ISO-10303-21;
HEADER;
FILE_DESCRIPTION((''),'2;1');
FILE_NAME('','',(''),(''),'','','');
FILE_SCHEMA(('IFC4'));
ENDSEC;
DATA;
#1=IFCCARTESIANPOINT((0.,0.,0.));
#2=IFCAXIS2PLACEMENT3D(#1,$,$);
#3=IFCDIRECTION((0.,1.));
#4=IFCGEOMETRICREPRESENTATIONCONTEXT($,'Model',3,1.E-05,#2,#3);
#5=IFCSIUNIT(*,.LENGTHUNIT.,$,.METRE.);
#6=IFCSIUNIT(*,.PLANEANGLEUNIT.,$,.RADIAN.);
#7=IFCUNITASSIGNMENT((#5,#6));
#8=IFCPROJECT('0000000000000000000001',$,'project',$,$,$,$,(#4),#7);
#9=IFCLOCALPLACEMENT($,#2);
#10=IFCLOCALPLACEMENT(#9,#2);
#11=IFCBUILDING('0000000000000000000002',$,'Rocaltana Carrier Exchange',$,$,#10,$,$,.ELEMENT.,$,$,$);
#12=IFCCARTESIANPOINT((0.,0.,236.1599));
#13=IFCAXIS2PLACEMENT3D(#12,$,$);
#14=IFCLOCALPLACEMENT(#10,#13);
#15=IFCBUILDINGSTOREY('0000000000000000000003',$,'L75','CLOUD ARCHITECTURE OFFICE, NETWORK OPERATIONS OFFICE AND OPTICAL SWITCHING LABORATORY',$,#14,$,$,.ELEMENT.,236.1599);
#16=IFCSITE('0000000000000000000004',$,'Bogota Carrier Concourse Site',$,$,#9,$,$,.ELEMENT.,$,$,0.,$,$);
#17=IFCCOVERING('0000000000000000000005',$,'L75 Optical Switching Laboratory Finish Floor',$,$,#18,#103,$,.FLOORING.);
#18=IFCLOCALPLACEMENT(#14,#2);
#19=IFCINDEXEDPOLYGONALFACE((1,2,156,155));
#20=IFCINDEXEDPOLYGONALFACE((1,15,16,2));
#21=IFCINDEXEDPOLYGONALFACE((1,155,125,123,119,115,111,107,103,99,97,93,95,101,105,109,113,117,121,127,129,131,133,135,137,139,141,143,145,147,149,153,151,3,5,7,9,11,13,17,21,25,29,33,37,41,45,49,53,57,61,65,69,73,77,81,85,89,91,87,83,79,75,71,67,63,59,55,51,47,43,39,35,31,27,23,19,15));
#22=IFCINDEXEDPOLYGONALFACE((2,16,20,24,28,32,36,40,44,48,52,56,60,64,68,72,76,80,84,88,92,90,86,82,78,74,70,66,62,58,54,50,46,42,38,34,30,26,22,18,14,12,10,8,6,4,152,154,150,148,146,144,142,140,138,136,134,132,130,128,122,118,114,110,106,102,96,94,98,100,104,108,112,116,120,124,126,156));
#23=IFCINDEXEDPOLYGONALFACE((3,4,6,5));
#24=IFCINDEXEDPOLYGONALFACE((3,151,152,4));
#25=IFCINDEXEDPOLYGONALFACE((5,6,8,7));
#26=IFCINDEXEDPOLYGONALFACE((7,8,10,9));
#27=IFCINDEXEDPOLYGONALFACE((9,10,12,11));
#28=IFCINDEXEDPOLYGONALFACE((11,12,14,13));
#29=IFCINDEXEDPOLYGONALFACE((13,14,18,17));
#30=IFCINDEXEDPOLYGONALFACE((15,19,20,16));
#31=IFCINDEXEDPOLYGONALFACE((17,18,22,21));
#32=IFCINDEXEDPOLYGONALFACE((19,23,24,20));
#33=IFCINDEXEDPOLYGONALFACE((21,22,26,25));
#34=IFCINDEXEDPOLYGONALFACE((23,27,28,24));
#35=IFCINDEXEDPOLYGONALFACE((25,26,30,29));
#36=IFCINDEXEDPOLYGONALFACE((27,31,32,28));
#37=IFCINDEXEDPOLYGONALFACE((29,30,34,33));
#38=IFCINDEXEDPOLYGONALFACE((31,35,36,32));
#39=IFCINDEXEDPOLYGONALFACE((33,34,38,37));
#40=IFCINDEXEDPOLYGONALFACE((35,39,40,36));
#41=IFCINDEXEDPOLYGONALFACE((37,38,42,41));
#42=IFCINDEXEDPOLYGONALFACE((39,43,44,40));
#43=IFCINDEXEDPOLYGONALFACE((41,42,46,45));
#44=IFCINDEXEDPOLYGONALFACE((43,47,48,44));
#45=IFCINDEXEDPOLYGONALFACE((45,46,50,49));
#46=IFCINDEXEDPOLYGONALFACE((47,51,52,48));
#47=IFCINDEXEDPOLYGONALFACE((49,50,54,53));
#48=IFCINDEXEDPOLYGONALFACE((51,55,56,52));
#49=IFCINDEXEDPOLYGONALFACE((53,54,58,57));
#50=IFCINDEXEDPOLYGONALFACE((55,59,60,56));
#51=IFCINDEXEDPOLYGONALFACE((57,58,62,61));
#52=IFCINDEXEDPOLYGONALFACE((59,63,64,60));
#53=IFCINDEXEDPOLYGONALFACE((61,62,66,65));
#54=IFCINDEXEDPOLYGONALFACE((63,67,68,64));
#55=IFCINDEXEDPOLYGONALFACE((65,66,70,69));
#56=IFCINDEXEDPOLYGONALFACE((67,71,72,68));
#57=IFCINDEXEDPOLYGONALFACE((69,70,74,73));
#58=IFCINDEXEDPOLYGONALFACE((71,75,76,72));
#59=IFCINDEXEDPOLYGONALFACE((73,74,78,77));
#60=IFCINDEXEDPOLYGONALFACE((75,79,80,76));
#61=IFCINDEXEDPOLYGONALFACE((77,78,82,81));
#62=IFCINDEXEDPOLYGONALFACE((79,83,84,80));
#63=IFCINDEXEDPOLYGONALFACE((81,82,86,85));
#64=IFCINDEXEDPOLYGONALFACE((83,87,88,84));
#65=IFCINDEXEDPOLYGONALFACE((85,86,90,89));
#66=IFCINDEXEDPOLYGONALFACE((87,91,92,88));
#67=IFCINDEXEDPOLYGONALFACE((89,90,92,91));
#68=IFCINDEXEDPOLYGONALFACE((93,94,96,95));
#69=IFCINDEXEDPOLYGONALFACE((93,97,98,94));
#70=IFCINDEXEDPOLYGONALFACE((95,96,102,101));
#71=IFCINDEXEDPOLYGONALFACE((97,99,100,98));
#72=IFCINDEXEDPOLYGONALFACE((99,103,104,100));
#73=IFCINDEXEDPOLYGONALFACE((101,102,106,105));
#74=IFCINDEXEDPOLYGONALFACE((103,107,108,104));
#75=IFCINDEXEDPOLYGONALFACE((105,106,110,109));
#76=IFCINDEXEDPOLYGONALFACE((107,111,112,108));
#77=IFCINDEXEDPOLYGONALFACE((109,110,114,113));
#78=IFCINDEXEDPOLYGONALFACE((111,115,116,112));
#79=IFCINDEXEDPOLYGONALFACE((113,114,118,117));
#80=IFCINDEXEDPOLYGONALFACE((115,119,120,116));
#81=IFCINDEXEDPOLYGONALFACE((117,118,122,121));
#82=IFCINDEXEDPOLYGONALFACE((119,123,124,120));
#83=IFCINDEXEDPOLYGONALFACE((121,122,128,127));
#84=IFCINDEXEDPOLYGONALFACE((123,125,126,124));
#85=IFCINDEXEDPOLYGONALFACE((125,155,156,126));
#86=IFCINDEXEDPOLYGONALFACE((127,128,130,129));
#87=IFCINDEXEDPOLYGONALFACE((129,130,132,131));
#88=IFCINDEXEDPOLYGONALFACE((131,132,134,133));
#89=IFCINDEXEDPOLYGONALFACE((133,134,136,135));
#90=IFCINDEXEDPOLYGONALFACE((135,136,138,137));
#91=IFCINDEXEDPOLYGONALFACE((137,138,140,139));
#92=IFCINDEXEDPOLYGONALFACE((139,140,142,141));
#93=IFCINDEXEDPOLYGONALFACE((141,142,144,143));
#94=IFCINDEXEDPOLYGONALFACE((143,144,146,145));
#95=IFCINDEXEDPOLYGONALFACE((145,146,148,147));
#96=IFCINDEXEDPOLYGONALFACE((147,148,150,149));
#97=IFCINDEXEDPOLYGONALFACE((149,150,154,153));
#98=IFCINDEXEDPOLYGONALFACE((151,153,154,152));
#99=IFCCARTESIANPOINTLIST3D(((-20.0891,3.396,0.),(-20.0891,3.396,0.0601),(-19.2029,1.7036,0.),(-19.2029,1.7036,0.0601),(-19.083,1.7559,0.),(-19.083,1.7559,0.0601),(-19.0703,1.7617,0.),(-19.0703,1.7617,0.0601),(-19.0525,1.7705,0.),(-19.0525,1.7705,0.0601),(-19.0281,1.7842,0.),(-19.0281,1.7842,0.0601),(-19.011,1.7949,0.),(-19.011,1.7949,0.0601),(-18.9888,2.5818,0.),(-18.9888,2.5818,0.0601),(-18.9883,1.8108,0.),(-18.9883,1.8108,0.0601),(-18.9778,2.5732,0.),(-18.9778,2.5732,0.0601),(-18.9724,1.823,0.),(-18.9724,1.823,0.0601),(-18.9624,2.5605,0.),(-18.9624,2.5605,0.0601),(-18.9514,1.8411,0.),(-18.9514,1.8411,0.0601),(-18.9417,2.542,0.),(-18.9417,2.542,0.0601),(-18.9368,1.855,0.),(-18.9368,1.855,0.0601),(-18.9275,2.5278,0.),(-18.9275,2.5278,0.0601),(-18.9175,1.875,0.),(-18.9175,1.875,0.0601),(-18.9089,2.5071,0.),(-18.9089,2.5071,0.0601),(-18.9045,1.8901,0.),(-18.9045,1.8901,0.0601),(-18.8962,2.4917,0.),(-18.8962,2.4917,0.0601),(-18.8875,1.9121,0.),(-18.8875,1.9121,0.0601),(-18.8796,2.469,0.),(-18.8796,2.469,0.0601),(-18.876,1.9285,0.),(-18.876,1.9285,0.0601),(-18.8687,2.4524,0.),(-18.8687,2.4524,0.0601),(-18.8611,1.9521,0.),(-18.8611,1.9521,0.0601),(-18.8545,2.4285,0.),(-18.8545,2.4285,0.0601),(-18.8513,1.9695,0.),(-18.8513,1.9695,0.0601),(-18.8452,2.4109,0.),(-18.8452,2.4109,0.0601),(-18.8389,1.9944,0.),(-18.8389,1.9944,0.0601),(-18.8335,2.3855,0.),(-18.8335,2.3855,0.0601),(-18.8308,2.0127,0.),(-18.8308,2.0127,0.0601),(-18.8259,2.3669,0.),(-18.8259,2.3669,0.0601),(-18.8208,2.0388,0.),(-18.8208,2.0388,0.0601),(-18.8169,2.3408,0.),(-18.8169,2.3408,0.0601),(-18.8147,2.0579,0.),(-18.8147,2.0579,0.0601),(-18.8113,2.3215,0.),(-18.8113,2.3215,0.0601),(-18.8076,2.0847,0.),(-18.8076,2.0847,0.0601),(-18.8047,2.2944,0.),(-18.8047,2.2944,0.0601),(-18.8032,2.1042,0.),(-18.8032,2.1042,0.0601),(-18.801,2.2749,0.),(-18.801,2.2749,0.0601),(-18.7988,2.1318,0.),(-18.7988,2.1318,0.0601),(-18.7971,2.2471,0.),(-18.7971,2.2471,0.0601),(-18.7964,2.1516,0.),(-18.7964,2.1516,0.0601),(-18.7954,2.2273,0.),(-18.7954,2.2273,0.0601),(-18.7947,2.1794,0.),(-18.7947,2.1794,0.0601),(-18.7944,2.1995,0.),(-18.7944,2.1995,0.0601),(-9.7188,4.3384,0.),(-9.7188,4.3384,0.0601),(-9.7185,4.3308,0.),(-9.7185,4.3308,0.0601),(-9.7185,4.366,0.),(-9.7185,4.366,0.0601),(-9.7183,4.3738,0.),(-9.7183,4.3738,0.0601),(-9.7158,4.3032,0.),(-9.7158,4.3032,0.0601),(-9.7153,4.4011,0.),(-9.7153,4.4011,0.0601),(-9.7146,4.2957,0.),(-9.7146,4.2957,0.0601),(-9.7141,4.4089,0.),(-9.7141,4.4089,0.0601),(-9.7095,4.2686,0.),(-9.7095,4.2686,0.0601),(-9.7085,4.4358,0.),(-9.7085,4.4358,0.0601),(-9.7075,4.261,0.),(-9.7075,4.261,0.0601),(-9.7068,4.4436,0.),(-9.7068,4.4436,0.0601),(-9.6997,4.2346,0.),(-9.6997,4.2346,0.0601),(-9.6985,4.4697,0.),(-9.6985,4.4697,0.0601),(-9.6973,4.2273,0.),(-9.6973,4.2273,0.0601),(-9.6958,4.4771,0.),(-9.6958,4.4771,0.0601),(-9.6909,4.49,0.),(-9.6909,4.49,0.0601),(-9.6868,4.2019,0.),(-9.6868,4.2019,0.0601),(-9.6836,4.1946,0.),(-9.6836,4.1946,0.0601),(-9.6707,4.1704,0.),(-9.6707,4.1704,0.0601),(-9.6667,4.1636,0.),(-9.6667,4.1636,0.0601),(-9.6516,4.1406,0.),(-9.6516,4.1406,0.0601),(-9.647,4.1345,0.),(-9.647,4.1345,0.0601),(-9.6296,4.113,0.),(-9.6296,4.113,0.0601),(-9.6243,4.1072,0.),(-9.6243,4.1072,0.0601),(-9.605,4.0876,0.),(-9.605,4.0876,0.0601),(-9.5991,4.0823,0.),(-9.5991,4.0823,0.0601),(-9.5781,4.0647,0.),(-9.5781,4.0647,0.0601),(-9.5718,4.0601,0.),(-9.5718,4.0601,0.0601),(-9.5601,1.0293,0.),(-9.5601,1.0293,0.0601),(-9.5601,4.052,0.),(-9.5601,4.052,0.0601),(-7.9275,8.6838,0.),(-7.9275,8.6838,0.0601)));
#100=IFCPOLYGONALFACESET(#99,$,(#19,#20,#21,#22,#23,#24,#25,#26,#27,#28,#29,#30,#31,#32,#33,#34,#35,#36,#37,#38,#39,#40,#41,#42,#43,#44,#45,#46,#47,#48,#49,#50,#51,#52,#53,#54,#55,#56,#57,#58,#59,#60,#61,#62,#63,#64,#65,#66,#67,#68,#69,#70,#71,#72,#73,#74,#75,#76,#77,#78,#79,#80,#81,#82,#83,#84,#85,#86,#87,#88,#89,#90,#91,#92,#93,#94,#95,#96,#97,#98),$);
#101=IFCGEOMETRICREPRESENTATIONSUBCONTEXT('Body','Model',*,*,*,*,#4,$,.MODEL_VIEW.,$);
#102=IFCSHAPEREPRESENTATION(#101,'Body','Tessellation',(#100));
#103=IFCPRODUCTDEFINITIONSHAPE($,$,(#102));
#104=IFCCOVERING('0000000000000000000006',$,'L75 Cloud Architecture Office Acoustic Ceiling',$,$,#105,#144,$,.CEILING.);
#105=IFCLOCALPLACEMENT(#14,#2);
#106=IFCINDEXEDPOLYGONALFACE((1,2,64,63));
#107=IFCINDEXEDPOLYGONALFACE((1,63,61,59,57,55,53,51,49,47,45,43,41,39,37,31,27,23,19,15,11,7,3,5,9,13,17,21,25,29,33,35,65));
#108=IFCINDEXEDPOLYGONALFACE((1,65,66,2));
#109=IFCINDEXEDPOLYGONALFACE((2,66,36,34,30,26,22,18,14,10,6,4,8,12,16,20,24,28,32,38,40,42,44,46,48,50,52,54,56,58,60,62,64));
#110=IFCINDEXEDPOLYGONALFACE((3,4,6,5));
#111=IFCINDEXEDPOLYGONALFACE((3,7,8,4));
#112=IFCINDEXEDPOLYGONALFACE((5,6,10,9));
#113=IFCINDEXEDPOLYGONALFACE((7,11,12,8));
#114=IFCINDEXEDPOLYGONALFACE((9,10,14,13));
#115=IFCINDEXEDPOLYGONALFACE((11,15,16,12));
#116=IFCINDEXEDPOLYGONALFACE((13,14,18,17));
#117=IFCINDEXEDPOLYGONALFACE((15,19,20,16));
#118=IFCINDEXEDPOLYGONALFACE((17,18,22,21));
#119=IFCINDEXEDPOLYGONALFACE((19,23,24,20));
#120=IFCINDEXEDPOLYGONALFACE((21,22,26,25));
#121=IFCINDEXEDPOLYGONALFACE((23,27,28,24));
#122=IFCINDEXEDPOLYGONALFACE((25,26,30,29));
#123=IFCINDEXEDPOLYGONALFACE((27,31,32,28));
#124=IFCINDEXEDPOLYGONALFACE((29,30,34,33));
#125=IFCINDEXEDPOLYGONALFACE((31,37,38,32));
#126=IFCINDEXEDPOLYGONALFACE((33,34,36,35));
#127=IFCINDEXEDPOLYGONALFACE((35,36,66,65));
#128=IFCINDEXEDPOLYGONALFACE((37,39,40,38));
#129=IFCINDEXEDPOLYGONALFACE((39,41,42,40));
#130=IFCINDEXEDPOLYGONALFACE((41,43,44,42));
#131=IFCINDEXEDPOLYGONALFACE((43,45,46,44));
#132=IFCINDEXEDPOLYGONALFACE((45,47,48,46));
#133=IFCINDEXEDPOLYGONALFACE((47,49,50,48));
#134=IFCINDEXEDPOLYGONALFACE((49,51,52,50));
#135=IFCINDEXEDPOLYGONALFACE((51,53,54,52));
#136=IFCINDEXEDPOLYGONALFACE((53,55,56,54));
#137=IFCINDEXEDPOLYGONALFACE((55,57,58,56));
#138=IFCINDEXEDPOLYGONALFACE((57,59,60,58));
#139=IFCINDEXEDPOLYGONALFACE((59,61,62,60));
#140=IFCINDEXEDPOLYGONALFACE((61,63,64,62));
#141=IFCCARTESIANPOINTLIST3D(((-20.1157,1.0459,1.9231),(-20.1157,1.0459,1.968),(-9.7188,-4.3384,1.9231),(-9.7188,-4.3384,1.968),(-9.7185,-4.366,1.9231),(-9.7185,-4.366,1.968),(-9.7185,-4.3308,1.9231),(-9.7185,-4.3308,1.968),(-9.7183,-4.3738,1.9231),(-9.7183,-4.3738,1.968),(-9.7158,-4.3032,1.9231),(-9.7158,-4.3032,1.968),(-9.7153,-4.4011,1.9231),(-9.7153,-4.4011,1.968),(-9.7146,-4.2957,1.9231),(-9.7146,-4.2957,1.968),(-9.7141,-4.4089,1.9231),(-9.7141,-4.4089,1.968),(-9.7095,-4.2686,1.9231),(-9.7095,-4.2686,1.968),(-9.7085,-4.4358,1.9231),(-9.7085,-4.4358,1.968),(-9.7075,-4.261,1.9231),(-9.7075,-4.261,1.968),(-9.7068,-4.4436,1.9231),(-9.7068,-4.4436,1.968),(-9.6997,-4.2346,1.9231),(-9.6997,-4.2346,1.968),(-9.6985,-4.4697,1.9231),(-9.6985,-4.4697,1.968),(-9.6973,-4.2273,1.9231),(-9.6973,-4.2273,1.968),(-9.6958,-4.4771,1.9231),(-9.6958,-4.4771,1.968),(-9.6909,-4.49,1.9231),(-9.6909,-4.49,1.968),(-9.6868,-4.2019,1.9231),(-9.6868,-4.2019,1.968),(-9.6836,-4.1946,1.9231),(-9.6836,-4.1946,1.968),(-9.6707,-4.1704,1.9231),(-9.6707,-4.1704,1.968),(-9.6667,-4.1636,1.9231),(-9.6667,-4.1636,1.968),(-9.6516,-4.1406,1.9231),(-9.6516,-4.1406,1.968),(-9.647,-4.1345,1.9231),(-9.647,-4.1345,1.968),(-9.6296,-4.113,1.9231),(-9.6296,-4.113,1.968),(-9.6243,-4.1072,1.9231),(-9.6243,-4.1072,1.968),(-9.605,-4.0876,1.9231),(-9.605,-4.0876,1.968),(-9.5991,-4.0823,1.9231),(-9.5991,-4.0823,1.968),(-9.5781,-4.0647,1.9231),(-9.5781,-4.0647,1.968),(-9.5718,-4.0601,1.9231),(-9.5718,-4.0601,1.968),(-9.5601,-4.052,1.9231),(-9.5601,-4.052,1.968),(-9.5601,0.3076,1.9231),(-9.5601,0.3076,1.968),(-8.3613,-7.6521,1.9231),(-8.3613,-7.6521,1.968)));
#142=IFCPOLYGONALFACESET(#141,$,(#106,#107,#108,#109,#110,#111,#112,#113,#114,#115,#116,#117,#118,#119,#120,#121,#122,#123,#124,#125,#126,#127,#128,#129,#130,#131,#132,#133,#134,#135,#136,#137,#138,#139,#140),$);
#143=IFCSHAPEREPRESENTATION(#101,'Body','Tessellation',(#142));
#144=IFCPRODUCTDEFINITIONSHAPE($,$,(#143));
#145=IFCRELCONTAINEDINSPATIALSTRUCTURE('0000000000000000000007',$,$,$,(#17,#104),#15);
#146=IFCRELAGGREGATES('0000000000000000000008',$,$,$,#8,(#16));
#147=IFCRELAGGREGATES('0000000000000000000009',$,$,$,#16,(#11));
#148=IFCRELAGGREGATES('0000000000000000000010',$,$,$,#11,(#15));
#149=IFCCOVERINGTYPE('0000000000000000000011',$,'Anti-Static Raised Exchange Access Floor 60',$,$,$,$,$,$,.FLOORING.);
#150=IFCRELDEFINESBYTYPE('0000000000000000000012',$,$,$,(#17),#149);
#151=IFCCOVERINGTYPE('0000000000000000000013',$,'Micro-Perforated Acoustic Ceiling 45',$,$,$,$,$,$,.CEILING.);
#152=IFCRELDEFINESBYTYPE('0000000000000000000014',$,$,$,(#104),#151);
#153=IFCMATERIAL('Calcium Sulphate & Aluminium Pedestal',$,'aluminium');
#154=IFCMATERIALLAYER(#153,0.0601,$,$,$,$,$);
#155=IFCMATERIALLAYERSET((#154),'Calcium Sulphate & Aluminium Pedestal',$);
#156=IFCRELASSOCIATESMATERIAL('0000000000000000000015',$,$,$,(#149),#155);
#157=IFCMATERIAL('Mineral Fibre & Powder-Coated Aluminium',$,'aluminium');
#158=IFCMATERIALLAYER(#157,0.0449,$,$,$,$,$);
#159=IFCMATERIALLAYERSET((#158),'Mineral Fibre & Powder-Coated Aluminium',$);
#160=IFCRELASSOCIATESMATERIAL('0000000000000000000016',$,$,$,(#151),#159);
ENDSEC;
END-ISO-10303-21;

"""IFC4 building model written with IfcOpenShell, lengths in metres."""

from ifc_helpers import new_model, si_unit, direction, frame, origin, place, context, subcontext, project, spatial, polyline, outline, extrude, material, layer, layer_set, type_object, element, save


model = new_model("IFC4")

# Units and contexts
model_context = context("Model", 3, precision=1e-05, world=origin(), true_north=direction((0.0, 1.0)))
body_context = subcontext(model_context, "Body", "Model", "MODEL_VIEW")
ifc_project = project(units=[si_unit("LENGTHUNIT", "METRE"), si_unit("PLANEANGLEUNIT", "RADIAN")], contexts=[model_context])

# Site, building, storey
site_placement = place(None, origin())
site = spatial("IfcSite", under=ifc_project, at=site_placement, Name="Bogota Carrier Concourse Site", CompositionType="ELEMENT", RefElevation=0.0)
building_placement = place(site_placement, origin())
building = spatial("IfcBuilding", under=site, at=building_placement, Name="Rocaltana Carrier Exchange", CompositionType="ELEMENT")
storey_placement = place(building_placement, frame((0.0, 0.0, 236.1599)))
storey = spatial("IfcBuildingStorey", under=building, at=storey_placement, Name="L75", Description="CLOUD ARCHITECTURE OFFICE, NETWORK OPERATIONS OFFICE AND OPTICAL SWITCHING LABORATORY", CompositionType="ELEMENT", Elevation=236.1599)

# Coverings
ifc_material_1 = material(Name="Calcium Sulphate & Aluminium Pedestal", Category="aluminium")
ifc_layer_1 = layer(ifc_material_1, 0.0601)
ifc_layer_set_1 = layer_set([ifc_layer_1], Name="Calcium Sulphate & Aluminium Pedestal")
covering_type_1 = type_object("IfcCoveringType", Name="Anti-Static Raised Exchange Access Floor 60", PredefinedType="FLOORING", material=ifc_layer_set_1)
covering_1_placement = place(storey_placement, origin())
element("IfcCovering", 1, at=covering_1_placement, inside=storey, type_object=covering_type_1, Name="L75 Optical Switching Laboratory Finish Floor", PredefinedType="FLOORING", context=body_context, shape_type="SweptSolid", body=[
    extrude(outline(polyline([(-19.083, 1.7559), (-19.0703, 1.7617), (-19.0525, 1.7705), (-19.0281, 1.7842), (-19.011, 1.7949), (-18.9883, 1.8108), (-18.9724, 1.823), (-18.9514, 1.8411), (-18.9368, 1.855), (-18.9175, 1.875), (-18.9045, 1.8901), (-18.8875, 1.9121), (-18.876, 1.9285), (-18.8611, 1.9521), (-18.8513, 1.9695), (-18.8389, 1.9944), (-18.8308, 2.0127), (-18.8208, 2.0388), (-18.8147, 2.0579), (-18.8076, 2.0847), (-18.8032, 2.1042), (-18.7988, 2.1318), (-18.7964, 2.1516), (-18.7947, 2.1794), (-18.7944, 2.1995), (-18.7954, 2.2273), (-18.7971, 2.2471), (-18.801, 2.2749), (-18.8047, 2.2944), (-18.8113, 2.3215), (-18.8169, 2.3408), (-18.8259, 2.3669), (-18.8335, 2.3855), (-18.8452, 2.4109), (-18.8545, 2.4285), (-18.8687, 2.4524), (-18.8796, 2.469), (-18.8962, 2.4917), (-18.9089, 2.5071), (-18.9275, 2.5278), (-18.9417, 2.542), (-18.9624, 2.5605), (-18.9778, 2.5732), (-18.9888, 2.5818), (-20.0891, 3.396), (-7.9275, 8.6838), (-9.6909, 4.49), (-9.6958, 4.4771), (-9.6985, 4.4697), (-9.7068, 4.4436), (-9.7085, 4.4358), (-9.7141, 4.4089), (-9.7153, 4.4011), (-9.7183, 4.3738), (-9.7185, 4.366), (-9.7188, 4.3384), (-9.7185, 4.3308), (-9.7158, 4.3032), (-9.7146, 4.2957), (-9.7095, 4.2686), (-9.7075, 4.261), (-9.6997, 4.2346), (-9.6973, 4.2273), (-9.6868, 4.2019), (-9.6836, 4.1946), (-9.6707, 4.1704), (-9.6667, 4.1636), (-9.6516, 4.1406), (-9.647, 4.1345), (-9.6296, 4.113), (-9.6243, 4.1072), (-9.605, 4.0876), (-9.5991, 4.0823), (-9.5781, 4.0647), (-9.5718, 4.0601), (-9.5601, 4.052), (-9.5601, 1.0293), (-19.2029, 1.7036), (-19.083, 1.7559)])), origin(), (0.0, 0.0, 1.0), 0.0601),
])
ifc_material_2 = material(Name="Mineral Fibre & Powder-Coated Aluminium", Category="aluminium")
ifc_layer_2 = layer(ifc_material_2, 0.0449)
ifc_layer_set_2 = layer_set([ifc_layer_2], Name="Mineral Fibre & Powder-Coated Aluminium")
covering_type_2 = type_object("IfcCoveringType", Name="Micro-Perforated Acoustic Ceiling 45", PredefinedType="CEILING", material=ifc_layer_set_2)
covering_2_placement = place(storey_placement, frame((0.0, 0.0, 1.9231)))
element("IfcCovering", 2, at=covering_2_placement, inside=storey, type_object=covering_type_2, Name="L75 Cloud Architecture Office Acoustic Ceiling", PredefinedType="CEILING", context=body_context, shape_type="SweptSolid", body=[
    extrude(outline(polyline([(-20.1157, 1.0459), (-9.5601, 0.3076), (-9.5601, -4.052), (-9.5718, -4.0601), (-9.5781, -4.0647), (-9.5991, -4.0823), (-9.605, -4.0876), (-9.6243, -4.1072), (-9.6296, -4.113), (-9.647, -4.1345), (-9.6516, -4.1406), (-9.6667, -4.1636), (-9.6707, -4.1704), (-9.6836, -4.1946), (-9.6868, -4.2019), (-9.6973, -4.2273), (-9.6997, -4.2346), (-9.7075, -4.261), (-9.7095, -4.2686), (-9.7146, -4.2957), (-9.7158, -4.3032), (-9.7185, -4.3308), (-9.7188, -4.3384), (-9.7185, -4.366), (-9.7183, -4.3738), (-9.7153, -4.4011), (-9.7141, -4.4089), (-9.7085, -4.4358), (-9.7068, -4.4436), (-9.6985, -4.4697), (-9.6958, -4.4771), (-9.6909, -4.49), (-8.3613, -7.6521), (-20.1157, 1.0459)])), origin(), (0.0, 0.0, 1.0), 0.0449),
])

save(model, "model.ifc")
